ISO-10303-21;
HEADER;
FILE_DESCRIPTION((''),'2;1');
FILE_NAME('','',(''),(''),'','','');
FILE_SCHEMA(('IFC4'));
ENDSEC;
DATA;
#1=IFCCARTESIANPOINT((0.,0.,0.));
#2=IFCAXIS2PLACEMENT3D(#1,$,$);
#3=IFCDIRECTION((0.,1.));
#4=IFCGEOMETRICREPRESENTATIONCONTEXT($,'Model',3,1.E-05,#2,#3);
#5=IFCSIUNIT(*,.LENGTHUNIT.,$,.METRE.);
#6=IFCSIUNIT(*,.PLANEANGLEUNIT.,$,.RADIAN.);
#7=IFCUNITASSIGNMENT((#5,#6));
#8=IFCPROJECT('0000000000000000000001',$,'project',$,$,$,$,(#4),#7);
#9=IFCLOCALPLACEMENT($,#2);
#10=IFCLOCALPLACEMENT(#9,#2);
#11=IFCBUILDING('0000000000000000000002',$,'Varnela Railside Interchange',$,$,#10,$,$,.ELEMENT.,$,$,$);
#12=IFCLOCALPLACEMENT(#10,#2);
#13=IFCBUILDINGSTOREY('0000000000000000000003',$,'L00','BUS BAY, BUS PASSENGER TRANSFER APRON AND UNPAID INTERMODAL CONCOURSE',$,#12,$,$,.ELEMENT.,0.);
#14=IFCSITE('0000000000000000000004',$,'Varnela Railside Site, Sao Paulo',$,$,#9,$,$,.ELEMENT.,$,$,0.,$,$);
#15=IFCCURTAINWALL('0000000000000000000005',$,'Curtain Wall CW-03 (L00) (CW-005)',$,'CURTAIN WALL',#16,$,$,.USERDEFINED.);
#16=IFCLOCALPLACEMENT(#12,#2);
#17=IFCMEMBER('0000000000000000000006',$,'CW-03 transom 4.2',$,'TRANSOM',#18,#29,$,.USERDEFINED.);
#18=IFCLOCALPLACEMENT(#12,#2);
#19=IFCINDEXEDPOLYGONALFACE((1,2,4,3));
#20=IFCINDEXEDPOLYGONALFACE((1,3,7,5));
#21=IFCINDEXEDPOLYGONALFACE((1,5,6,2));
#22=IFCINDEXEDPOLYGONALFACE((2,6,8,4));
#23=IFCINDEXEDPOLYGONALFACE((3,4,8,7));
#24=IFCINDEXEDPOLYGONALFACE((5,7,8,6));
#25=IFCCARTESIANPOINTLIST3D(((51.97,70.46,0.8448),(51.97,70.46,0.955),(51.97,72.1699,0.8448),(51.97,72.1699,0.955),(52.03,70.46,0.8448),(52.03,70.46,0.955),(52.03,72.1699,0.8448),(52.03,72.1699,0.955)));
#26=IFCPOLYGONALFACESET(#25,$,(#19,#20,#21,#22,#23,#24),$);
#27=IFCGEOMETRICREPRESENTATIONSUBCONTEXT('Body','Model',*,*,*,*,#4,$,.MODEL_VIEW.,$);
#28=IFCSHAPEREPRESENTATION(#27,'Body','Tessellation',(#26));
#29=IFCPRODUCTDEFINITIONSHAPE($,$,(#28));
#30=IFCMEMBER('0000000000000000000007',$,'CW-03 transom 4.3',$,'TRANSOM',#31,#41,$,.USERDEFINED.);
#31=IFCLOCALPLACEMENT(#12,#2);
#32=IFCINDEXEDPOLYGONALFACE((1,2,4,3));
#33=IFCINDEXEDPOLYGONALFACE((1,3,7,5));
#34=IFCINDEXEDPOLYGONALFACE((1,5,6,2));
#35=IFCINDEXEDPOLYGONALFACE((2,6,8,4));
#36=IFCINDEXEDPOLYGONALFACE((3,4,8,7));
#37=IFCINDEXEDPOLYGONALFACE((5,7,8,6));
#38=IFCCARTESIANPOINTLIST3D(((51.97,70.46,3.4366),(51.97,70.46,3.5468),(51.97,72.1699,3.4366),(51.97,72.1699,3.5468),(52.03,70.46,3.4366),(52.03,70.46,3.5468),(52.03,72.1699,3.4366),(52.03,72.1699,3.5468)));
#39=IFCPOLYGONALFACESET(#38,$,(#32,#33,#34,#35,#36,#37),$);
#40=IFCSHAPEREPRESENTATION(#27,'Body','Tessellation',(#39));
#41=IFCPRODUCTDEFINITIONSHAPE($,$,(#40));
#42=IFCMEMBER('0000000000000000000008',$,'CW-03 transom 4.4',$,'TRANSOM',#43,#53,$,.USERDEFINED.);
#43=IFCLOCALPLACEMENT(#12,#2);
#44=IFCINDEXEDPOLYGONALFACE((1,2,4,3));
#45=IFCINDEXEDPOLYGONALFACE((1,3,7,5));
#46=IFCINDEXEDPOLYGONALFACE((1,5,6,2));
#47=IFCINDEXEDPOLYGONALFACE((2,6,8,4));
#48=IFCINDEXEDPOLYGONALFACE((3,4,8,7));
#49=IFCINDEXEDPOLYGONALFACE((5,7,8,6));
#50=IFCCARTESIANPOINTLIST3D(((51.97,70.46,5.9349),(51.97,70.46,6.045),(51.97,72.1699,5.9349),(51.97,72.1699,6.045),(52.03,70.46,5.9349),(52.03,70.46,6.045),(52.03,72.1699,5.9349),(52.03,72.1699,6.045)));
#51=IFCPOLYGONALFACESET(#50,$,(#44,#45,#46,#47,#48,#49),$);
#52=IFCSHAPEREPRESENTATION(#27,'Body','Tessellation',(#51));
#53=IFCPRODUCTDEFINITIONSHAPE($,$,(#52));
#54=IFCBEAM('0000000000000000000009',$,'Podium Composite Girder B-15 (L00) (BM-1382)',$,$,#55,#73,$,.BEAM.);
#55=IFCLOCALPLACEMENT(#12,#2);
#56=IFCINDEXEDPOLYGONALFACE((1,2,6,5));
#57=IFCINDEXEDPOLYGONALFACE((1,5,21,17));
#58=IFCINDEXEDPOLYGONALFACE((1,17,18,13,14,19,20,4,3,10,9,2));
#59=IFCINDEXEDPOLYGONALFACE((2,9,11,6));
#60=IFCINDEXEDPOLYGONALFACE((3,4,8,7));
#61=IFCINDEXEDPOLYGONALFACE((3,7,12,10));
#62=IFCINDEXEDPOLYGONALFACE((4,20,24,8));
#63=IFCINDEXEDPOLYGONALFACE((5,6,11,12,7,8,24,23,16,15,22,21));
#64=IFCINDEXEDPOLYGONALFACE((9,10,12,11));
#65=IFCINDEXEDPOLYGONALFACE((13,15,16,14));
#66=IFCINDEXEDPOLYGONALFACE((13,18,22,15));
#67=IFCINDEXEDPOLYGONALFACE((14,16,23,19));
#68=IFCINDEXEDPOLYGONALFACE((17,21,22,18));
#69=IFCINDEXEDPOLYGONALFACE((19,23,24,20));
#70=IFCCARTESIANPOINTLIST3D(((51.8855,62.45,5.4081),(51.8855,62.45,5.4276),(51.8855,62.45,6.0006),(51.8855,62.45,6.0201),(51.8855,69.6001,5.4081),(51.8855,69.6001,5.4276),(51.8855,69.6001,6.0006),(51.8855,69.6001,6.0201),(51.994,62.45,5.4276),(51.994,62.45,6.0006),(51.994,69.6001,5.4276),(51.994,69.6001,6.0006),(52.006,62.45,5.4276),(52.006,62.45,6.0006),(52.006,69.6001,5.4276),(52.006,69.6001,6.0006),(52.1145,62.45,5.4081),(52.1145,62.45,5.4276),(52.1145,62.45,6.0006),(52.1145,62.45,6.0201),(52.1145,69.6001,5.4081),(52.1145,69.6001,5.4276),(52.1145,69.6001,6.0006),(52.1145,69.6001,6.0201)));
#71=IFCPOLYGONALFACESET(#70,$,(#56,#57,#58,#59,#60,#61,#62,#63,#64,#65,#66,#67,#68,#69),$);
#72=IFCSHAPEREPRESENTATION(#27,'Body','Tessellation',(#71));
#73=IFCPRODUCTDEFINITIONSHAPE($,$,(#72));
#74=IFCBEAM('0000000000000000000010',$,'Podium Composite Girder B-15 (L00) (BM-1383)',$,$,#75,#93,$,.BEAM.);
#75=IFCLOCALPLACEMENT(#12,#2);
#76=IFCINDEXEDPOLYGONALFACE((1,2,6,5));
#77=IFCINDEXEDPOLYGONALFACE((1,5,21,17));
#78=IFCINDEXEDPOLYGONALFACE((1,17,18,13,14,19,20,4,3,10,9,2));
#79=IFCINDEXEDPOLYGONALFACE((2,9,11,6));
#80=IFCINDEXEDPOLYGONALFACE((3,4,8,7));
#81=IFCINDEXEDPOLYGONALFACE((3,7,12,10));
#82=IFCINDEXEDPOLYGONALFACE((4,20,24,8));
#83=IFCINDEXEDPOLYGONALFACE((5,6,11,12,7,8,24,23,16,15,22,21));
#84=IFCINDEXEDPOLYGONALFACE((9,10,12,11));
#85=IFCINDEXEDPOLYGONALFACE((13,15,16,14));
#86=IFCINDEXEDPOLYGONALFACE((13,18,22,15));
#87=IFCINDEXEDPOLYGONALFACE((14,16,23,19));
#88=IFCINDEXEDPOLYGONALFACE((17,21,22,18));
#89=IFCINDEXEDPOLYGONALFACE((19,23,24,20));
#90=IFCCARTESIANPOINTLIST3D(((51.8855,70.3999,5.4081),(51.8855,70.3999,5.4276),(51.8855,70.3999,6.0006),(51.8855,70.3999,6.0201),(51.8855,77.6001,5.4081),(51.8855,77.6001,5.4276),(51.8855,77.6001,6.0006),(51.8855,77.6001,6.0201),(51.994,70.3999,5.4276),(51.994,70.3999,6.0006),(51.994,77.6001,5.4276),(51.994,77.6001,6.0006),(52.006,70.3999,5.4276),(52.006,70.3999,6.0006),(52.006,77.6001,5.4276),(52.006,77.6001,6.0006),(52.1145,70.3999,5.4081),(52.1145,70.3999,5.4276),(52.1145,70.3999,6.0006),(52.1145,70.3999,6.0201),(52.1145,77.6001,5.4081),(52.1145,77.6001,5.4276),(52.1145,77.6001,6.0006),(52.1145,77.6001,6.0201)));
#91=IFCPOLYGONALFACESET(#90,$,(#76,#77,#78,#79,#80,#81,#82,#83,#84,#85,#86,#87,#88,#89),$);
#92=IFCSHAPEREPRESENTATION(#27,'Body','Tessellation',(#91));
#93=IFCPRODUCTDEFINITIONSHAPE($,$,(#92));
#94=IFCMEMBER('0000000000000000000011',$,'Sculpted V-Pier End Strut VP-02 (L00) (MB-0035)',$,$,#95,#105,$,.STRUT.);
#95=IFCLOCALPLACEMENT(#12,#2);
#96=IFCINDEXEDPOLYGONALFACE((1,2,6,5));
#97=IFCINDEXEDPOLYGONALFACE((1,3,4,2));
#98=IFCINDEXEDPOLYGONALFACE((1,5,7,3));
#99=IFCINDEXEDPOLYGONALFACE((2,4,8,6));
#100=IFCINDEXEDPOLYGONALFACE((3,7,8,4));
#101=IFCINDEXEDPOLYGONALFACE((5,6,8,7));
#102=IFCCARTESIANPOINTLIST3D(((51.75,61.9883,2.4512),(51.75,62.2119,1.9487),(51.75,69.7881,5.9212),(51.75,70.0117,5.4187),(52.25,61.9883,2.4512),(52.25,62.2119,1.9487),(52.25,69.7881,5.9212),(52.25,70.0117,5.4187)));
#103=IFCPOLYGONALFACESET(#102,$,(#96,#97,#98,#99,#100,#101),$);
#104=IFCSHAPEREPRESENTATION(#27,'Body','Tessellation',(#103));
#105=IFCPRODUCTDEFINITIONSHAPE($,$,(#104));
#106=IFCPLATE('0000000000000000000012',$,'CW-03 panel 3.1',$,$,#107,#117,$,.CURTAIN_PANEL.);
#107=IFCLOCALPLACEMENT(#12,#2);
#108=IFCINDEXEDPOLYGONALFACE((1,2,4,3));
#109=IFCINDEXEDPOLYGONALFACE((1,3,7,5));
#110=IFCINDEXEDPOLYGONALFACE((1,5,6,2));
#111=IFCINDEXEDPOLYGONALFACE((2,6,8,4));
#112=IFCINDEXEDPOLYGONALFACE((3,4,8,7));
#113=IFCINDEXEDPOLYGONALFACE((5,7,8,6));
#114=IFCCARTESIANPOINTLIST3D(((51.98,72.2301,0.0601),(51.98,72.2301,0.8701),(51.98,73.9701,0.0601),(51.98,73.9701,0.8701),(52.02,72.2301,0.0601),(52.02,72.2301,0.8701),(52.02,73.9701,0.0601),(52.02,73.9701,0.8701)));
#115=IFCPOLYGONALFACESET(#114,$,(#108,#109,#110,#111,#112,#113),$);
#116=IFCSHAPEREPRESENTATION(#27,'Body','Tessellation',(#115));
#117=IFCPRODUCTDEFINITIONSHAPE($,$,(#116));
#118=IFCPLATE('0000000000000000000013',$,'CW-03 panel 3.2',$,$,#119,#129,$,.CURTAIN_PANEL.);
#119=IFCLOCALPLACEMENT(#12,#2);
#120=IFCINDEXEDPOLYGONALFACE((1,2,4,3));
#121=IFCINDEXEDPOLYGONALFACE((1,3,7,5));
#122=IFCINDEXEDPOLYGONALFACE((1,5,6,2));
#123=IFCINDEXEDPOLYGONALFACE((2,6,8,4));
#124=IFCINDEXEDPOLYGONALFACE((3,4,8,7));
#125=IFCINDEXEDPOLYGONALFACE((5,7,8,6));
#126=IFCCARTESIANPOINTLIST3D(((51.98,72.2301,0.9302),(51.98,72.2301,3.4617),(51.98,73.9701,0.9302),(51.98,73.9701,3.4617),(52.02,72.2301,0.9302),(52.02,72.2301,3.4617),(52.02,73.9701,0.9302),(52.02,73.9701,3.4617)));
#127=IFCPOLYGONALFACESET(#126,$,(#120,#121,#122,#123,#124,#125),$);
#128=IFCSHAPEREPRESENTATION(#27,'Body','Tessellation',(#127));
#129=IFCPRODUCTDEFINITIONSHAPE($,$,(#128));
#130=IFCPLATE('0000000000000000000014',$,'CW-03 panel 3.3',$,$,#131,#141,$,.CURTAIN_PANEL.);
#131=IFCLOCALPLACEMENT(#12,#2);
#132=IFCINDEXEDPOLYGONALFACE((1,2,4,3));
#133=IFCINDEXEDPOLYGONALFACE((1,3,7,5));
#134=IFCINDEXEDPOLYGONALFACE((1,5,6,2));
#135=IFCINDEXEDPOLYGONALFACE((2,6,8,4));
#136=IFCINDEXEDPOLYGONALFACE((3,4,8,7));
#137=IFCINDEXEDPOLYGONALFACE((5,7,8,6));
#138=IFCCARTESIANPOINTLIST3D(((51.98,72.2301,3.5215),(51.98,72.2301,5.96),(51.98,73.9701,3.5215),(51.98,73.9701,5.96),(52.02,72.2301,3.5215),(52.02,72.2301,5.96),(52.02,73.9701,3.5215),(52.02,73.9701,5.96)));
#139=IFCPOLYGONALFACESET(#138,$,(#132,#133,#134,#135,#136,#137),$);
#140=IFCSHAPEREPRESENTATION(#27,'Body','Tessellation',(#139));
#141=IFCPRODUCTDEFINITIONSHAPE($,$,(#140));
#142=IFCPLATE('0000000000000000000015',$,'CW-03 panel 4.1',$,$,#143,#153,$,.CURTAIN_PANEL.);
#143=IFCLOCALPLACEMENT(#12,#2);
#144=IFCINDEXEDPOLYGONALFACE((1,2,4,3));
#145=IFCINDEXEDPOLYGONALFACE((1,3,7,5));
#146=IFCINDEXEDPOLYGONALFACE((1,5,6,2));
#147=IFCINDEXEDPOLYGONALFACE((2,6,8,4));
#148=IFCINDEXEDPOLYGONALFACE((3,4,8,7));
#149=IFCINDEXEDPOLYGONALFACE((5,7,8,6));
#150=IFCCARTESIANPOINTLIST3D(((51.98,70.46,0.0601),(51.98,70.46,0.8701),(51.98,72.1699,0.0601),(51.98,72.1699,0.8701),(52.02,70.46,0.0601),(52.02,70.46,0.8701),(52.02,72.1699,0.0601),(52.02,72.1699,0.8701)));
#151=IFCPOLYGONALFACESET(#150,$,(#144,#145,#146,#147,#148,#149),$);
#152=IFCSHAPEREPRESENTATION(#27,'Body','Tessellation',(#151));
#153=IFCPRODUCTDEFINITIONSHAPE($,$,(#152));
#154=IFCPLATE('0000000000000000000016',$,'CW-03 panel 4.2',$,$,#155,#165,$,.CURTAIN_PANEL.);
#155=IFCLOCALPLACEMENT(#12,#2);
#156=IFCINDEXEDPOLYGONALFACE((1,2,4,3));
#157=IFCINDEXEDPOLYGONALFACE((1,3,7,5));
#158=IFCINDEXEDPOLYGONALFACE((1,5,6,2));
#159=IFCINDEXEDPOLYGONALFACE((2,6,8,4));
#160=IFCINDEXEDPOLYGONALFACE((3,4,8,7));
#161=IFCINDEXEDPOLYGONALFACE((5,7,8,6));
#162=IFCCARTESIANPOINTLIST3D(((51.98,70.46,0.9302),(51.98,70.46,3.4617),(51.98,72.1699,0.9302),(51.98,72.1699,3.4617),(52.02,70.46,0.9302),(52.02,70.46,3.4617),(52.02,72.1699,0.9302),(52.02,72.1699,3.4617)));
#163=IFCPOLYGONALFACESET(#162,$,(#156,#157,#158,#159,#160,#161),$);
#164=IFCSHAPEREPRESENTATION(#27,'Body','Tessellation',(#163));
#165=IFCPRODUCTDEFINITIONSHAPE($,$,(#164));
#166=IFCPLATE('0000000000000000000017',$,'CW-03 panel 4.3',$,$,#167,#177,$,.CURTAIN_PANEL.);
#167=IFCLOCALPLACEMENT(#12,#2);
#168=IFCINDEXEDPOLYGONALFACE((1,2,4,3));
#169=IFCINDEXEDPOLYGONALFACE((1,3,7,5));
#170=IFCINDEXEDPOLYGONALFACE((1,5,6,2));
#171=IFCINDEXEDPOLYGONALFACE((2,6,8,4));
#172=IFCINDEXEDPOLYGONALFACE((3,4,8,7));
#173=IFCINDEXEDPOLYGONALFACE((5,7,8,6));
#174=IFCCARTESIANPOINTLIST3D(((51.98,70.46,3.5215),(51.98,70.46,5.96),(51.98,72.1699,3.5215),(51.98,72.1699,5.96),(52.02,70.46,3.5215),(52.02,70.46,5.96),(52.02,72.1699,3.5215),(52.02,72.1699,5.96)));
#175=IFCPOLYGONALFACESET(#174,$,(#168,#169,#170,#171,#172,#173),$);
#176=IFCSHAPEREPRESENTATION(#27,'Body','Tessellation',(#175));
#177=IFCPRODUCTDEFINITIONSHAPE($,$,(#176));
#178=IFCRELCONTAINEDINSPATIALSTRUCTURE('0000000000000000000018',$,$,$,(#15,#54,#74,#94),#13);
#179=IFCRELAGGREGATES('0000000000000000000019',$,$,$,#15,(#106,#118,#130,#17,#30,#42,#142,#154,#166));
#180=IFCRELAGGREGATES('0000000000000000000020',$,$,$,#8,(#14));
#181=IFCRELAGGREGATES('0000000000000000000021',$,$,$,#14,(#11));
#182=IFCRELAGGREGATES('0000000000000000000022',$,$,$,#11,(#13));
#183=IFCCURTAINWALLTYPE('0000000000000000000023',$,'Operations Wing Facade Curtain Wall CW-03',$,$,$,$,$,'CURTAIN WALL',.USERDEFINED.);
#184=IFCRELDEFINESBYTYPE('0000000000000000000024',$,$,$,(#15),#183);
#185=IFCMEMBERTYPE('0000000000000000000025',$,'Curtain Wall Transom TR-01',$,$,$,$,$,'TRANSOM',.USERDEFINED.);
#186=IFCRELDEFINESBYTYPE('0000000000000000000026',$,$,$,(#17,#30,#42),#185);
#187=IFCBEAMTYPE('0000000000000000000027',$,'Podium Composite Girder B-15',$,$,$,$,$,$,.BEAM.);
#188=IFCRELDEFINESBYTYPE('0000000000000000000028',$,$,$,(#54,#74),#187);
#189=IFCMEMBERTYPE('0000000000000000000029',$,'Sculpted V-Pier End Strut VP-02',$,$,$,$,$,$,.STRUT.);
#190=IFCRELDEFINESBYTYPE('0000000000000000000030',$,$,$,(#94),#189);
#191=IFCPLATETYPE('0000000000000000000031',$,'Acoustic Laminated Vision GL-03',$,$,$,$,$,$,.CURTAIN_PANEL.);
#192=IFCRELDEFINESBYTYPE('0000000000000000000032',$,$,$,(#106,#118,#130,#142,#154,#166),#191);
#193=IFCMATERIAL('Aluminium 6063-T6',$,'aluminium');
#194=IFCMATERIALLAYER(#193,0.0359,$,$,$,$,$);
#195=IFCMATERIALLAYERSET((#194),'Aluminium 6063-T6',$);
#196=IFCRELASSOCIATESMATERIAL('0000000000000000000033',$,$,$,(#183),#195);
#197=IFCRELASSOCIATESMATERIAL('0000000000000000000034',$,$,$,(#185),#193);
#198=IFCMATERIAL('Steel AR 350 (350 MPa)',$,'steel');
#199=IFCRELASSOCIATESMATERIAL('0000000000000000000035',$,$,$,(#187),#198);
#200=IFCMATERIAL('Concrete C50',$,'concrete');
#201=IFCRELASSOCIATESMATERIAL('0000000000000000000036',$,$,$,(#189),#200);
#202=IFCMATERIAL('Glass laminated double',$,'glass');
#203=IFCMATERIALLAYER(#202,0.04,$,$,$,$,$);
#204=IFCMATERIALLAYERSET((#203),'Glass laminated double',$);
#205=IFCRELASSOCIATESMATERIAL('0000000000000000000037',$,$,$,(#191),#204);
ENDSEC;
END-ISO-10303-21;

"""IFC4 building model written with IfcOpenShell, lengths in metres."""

from ifc_helpers import new_model, si_unit, direction, frame, origin, origin_2d, place, context, subcontext, project, spatial, rectangle, i_section, extrude, material, layer, layer_set, material_profile, profile_set, type_object, element, aggregate, save


model = new_model("IFC4")

# Units and contexts
model_context = context("Model", 3, precision=1e-05, world=origin(), true_north=direction((0.0, 1.0)))
body_context = subcontext(model_context, "Body", "Model", "MODEL_VIEW")
ifc_project = project(units=[si_unit("LENGTHUNIT", "METRE"), si_unit("PLANEANGLEUNIT", "RADIAN")], contexts=[model_context])

# Site, building, storey
site_placement = place(None, origin())
site = spatial("IfcSite", under=ifc_project, at=site_placement, Name="Varnela Railside Site, Sao Paulo", CompositionType="ELEMENT", RefElevation=0.0)
building_placement = place(site_placement, origin())
building = spatial("IfcBuilding", under=site, at=building_placement, Name="Varnela Railside Interchange", CompositionType="ELEMENT")
storey_placement = place(building_placement, origin())
storey = spatial("IfcBuildingStorey", under=building, at=storey_placement, Name="L00", Description="BUS BAY, BUS PASSENGER TRANSFER APRON AND UNPAID INTERMODAL CONCOURSE", CompositionType="ELEMENT", Elevation=0.0)

# Shared definitions
ifc_material_1 = material(Name="Concrete C50", Category="concrete")

# Shared definitions
ifc_material_2 = material(Name="Steel AR 350 (350 MPa)", Category="steel")

# Curtain wall, members
ifc_material_3 = material(Name="Aluminium 6063-T6", Category="aluminium")
ifc_layer_1 = layer(ifc_material_3, 0.0359)
ifc_layer_set_1 = layer_set([ifc_layer_1], Name="Aluminium 6063-T6")
curtain_wall_type = type_object("IfcCurtainWallType", Name="Operations Wing Facade Curtain Wall CW-03", ElementType="CURTAIN WALL", PredefinedType="USERDEFINED", material=ifc_layer_set_1)
curtain_wall_placement = place(storey_placement, origin())
curtain_wall = element("IfcCurtainWall", 1, at=curtain_wall_placement, inside=storey, type_object=curtain_wall_type, Name="Curtain Wall CW-03 (L00) (CW-005)", ObjectType="CURTAIN WALL", PredefinedType="USERDEFINED")
ifc_material_profile_1 = material_profile(ifc_material_3, rectangle(XDim=0.0601, YDim=0.1101, at=origin_2d()), Name="ALU 60x110")
ifc_profile_set_1 = profile_set([ifc_material_profile_1], Name="Aluminium 6063-T6")
member_type_1 = type_object("IfcMemberType", Name="Curtain Wall Transom TR-01", ElementType="TRANSOM", PredefinedType="USERDEFINED", material=ifc_profile_set_1)
member_1_placement = place(storey_placement, frame((52.0, 72.1699, 0.8999), z_axis=(0.0, -1.0, 0.0), x_axis=(1.0, 0.0, 0.0)))
member_1 = element("IfcMember", 2, at=member_1_placement, type_object=member_type_1, Name="CW-03 transom 4.2", ObjectType="TRANSOM", PredefinedType="USERDEFINED", context=body_context, shape_type="SweptSolid", body=[
    extrude(rectangle(XDim=0.0601, YDim=0.1101, at=origin_2d()), origin(), (0.0, 0.0, 1.0), 1.71),
])
member_2_placement = place(storey_placement, frame((52.0, 72.1699, 3.4917), z_axis=(0.0, -1.0, 0.0), x_axis=(1.0, 0.0, 0.0)))
member_2 = element("IfcMember", 3, at=member_2_placement, type_object=member_type_1, Name="CW-03 transom 4.3", ObjectType="TRANSOM", PredefinedType="USERDEFINED", context=body_context, shape_type="SweptSolid", body=[
    extrude(rectangle(XDim=0.0601, YDim=0.1101, at=origin_2d()), origin(), (0.0, 0.0, 1.0), 1.71),
])
member_3_placement = place(storey_placement, frame((52.0, 72.1699, 5.99), z_axis=(0.0, -1.0, 0.0), x_axis=(1.0, 0.0, 0.0)))
member_3 = element("IfcMember", 4, at=member_3_placement, type_object=member_type_1, Name="CW-03 transom 4.4", ObjectType="TRANSOM", PredefinedType="USERDEFINED", context=body_context, shape_type="SweptSolid", body=[
    extrude(rectangle(XDim=0.0601, YDim=0.1101, at=origin_2d()), origin(), (0.0, 0.0, 1.0), 1.71),
])

# Beams
ifc_material_profile_2 = material_profile(ifc_material_2, i_section(OverallWidth=0.229, OverallDepth=0.6121, WebThickness=0.012, FlangeThickness=0.0195, at=origin_2d()), Name="W610x125")
ifc_profile_set_2 = profile_set([ifc_material_profile_2], Name="Steel AR 350 (350 MPa)")
beam_type_1 = type_object("IfcBeamType", Name="Podium Composite Girder B-15", PredefinedType="BEAM", material=ifc_profile_set_2)
beam_1_placement = place(storey_placement, frame((52.0, 62.45, 5.7141), z_axis=(0.0, 1.0, 0.0), x_axis=(-1.0, 0.0, 0.0)))
element("IfcBeam", 5, at=beam_1_placement, inside=storey, type_object=beam_type_1, Name="Podium Composite Girder B-15 (L00) (BM-1382)", PredefinedType="BEAM", context=body_context, shape_type="SweptSolid", body=[
    extrude(i_section(OverallWidth=0.229, OverallDepth=0.6121, WebThickness=0.012, FlangeThickness=0.0195, at=origin_2d()), origin(), (0.0, 0.0, 1.0), 7.1501),
])
beam_2_placement = place(storey_placement, frame((52.0, 70.3999, 5.7141), z_axis=(0.0, 1.0, 0.0), x_axis=(-1.0, 0.0, 0.0)))
element("IfcBeam", 6, at=beam_2_placement, inside=storey, type_object=beam_type_1, Name="Podium Composite Girder B-15 (L00) (BM-1383)", PredefinedType="BEAM", context=body_context, shape_type="SweptSolid", body=[
    extrude(i_section(OverallWidth=0.229, OverallDepth=0.6121, WebThickness=0.012, FlangeThickness=0.0195, at=origin_2d()), origin(), (0.0, 0.0, 1.0), 7.2002),
])

# Member
ifc_material_profile_3 = material_profile(ifc_material_1, rectangle(XDim=0.5, YDim=0.55, at=origin_2d()), Name="RC 500x550")
ifc_profile_set_3 = profile_set([ifc_material_profile_3], Name="Concrete C50")
member_type_2 = type_object("IfcMemberType", Name="Sculpted V-Pier End Strut VP-02", PredefinedType="STRUT", material=ifc_profile_set_3)
member_4_placement = place(storey_placement, frame((52.0, 62.1001, 2.2), z_axis=(0.0, 0.913664, 0.40647), x_axis=(-1.0, 0.0, 0.0)))
element("IfcMember", 7, at=member_4_placement, inside=storey, type_object=member_type_2, Name="Sculpted V-Pier End Strut VP-02 (L00) (MB-0035)", PredefinedType="STRUT", context=body_context, shape_type="SweptSolid", body=[
    extrude(rectangle(XDim=0.5, YDim=0.55, at=origin_2d()), origin(), (0.0, 0.0, 1.0), 8.5369),
])

# Plates
ifc_material_4 = material(Name="Glass laminated double", Category="glass")
ifc_layer_2 = layer(ifc_material_4, 0.04)
ifc_layer_set_2 = layer_set([ifc_layer_2], Name="Glass laminated double")
plate_type = type_object("IfcPlateType", Name="Acoustic Laminated Vision GL-03", PredefinedType="CURTAIN_PANEL", material=ifc_layer_set_2)
plate_1_placement = place(storey_placement, frame((52.0, 73.1001, 0.0601), z_axis=(0.0, 0.0, 1.0), x_axis=(0.0, -1.0, 0.0)))
plate_1 = element("IfcPlate", 8, at=plate_1_placement, type_object=plate_type, Name="CW-03 panel 3.1", PredefinedType="CURTAIN_PANEL", context=body_context, shape_type="SweptSolid", body=[
    extrude(rectangle(XDim=1.74, YDim=0.04, at=origin_2d()), origin(), (0.0, 0.0, 1.0), 0.8101),
])
plate_2_placement = place(storey_placement, frame((52.0, 73.1001, 0.9302), z_axis=(0.0, 0.0, 1.0), x_axis=(0.0, -1.0, 0.0)))
plate_2 = element("IfcPlate", 9, at=plate_2_placement, type_object=plate_type, Name="CW-03 panel 3.2", PredefinedType="CURTAIN_PANEL", context=body_context, shape_type="SweptSolid", body=[
    extrude(rectangle(XDim=1.74, YDim=0.04, at=origin_2d()), origin(), (0.0, 0.0, 1.0), 2.5315),
])
plate_3_placement = place(storey_placement, frame((52.0, 73.1001, 3.5215), z_axis=(0.0, 0.0, 1.0), x_axis=(0.0, -1.0, 0.0)))
plate_3 = element("IfcPlate", 10, at=plate_3_placement, type_object=plate_type, Name="CW-03 panel 3.3", PredefinedType="CURTAIN_PANEL", context=body_context, shape_type="SweptSolid", body=[
    extrude(rectangle(XDim=1.74, YDim=0.04, at=origin_2d()), origin(), (0.0, 0.0, 1.0), 2.4385),
])
plate_4_placement = place(storey_placement, frame((52.0, 71.3149, 0.0601), z_axis=(0.0, 0.0, 1.0), x_axis=(0.0, -1.0, 0.0)))
plate_4 = element("IfcPlate", 11, at=plate_4_placement, type_object=plate_type, Name="CW-03 panel 4.1", PredefinedType="CURTAIN_PANEL", context=body_context, shape_type="SweptSolid", body=[
    extrude(rectangle(XDim=1.71, YDim=0.04, at=origin_2d()), origin(), (0.0, 0.0, 1.0), 0.8101),
])
plate_5_placement = place(storey_placement, frame((52.0, 71.3149, 0.9302), z_axis=(0.0, 0.0, 1.0), x_axis=(0.0, -1.0, 0.0)))
plate_5 = element("IfcPlate", 12, at=plate_5_placement, type_object=plate_type, Name="CW-03 panel 4.2", PredefinedType="CURTAIN_PANEL", context=body_context, shape_type="SweptSolid", body=[
    extrude(rectangle(XDim=1.71, YDim=0.04, at=origin_2d()), origin(), (0.0, 0.0, 1.0), 2.5315),
])
plate_6_placement = place(storey_placement, frame((52.0, 71.3149, 3.5215), z_axis=(0.0, 0.0, 1.0), x_axis=(0.0, -1.0, 0.0)))
plate_6 = element("IfcPlate", 13, at=plate_6_placement, type_object=plate_type, Name="CW-03 panel 4.3", PredefinedType="CURTAIN_PANEL", context=body_context, shape_type="SweptSolid", body=[
    extrude(rectangle(XDim=1.71, YDim=0.04, at=origin_2d()), origin(), (0.0, 0.0, 1.0), 2.4385),
])
aggregate(curtain_wall, [plate_1, plate_2, plate_3, member_1, member_2, member_3, plate_4, plate_5, plate_6])

save(model, "model.ifc")
